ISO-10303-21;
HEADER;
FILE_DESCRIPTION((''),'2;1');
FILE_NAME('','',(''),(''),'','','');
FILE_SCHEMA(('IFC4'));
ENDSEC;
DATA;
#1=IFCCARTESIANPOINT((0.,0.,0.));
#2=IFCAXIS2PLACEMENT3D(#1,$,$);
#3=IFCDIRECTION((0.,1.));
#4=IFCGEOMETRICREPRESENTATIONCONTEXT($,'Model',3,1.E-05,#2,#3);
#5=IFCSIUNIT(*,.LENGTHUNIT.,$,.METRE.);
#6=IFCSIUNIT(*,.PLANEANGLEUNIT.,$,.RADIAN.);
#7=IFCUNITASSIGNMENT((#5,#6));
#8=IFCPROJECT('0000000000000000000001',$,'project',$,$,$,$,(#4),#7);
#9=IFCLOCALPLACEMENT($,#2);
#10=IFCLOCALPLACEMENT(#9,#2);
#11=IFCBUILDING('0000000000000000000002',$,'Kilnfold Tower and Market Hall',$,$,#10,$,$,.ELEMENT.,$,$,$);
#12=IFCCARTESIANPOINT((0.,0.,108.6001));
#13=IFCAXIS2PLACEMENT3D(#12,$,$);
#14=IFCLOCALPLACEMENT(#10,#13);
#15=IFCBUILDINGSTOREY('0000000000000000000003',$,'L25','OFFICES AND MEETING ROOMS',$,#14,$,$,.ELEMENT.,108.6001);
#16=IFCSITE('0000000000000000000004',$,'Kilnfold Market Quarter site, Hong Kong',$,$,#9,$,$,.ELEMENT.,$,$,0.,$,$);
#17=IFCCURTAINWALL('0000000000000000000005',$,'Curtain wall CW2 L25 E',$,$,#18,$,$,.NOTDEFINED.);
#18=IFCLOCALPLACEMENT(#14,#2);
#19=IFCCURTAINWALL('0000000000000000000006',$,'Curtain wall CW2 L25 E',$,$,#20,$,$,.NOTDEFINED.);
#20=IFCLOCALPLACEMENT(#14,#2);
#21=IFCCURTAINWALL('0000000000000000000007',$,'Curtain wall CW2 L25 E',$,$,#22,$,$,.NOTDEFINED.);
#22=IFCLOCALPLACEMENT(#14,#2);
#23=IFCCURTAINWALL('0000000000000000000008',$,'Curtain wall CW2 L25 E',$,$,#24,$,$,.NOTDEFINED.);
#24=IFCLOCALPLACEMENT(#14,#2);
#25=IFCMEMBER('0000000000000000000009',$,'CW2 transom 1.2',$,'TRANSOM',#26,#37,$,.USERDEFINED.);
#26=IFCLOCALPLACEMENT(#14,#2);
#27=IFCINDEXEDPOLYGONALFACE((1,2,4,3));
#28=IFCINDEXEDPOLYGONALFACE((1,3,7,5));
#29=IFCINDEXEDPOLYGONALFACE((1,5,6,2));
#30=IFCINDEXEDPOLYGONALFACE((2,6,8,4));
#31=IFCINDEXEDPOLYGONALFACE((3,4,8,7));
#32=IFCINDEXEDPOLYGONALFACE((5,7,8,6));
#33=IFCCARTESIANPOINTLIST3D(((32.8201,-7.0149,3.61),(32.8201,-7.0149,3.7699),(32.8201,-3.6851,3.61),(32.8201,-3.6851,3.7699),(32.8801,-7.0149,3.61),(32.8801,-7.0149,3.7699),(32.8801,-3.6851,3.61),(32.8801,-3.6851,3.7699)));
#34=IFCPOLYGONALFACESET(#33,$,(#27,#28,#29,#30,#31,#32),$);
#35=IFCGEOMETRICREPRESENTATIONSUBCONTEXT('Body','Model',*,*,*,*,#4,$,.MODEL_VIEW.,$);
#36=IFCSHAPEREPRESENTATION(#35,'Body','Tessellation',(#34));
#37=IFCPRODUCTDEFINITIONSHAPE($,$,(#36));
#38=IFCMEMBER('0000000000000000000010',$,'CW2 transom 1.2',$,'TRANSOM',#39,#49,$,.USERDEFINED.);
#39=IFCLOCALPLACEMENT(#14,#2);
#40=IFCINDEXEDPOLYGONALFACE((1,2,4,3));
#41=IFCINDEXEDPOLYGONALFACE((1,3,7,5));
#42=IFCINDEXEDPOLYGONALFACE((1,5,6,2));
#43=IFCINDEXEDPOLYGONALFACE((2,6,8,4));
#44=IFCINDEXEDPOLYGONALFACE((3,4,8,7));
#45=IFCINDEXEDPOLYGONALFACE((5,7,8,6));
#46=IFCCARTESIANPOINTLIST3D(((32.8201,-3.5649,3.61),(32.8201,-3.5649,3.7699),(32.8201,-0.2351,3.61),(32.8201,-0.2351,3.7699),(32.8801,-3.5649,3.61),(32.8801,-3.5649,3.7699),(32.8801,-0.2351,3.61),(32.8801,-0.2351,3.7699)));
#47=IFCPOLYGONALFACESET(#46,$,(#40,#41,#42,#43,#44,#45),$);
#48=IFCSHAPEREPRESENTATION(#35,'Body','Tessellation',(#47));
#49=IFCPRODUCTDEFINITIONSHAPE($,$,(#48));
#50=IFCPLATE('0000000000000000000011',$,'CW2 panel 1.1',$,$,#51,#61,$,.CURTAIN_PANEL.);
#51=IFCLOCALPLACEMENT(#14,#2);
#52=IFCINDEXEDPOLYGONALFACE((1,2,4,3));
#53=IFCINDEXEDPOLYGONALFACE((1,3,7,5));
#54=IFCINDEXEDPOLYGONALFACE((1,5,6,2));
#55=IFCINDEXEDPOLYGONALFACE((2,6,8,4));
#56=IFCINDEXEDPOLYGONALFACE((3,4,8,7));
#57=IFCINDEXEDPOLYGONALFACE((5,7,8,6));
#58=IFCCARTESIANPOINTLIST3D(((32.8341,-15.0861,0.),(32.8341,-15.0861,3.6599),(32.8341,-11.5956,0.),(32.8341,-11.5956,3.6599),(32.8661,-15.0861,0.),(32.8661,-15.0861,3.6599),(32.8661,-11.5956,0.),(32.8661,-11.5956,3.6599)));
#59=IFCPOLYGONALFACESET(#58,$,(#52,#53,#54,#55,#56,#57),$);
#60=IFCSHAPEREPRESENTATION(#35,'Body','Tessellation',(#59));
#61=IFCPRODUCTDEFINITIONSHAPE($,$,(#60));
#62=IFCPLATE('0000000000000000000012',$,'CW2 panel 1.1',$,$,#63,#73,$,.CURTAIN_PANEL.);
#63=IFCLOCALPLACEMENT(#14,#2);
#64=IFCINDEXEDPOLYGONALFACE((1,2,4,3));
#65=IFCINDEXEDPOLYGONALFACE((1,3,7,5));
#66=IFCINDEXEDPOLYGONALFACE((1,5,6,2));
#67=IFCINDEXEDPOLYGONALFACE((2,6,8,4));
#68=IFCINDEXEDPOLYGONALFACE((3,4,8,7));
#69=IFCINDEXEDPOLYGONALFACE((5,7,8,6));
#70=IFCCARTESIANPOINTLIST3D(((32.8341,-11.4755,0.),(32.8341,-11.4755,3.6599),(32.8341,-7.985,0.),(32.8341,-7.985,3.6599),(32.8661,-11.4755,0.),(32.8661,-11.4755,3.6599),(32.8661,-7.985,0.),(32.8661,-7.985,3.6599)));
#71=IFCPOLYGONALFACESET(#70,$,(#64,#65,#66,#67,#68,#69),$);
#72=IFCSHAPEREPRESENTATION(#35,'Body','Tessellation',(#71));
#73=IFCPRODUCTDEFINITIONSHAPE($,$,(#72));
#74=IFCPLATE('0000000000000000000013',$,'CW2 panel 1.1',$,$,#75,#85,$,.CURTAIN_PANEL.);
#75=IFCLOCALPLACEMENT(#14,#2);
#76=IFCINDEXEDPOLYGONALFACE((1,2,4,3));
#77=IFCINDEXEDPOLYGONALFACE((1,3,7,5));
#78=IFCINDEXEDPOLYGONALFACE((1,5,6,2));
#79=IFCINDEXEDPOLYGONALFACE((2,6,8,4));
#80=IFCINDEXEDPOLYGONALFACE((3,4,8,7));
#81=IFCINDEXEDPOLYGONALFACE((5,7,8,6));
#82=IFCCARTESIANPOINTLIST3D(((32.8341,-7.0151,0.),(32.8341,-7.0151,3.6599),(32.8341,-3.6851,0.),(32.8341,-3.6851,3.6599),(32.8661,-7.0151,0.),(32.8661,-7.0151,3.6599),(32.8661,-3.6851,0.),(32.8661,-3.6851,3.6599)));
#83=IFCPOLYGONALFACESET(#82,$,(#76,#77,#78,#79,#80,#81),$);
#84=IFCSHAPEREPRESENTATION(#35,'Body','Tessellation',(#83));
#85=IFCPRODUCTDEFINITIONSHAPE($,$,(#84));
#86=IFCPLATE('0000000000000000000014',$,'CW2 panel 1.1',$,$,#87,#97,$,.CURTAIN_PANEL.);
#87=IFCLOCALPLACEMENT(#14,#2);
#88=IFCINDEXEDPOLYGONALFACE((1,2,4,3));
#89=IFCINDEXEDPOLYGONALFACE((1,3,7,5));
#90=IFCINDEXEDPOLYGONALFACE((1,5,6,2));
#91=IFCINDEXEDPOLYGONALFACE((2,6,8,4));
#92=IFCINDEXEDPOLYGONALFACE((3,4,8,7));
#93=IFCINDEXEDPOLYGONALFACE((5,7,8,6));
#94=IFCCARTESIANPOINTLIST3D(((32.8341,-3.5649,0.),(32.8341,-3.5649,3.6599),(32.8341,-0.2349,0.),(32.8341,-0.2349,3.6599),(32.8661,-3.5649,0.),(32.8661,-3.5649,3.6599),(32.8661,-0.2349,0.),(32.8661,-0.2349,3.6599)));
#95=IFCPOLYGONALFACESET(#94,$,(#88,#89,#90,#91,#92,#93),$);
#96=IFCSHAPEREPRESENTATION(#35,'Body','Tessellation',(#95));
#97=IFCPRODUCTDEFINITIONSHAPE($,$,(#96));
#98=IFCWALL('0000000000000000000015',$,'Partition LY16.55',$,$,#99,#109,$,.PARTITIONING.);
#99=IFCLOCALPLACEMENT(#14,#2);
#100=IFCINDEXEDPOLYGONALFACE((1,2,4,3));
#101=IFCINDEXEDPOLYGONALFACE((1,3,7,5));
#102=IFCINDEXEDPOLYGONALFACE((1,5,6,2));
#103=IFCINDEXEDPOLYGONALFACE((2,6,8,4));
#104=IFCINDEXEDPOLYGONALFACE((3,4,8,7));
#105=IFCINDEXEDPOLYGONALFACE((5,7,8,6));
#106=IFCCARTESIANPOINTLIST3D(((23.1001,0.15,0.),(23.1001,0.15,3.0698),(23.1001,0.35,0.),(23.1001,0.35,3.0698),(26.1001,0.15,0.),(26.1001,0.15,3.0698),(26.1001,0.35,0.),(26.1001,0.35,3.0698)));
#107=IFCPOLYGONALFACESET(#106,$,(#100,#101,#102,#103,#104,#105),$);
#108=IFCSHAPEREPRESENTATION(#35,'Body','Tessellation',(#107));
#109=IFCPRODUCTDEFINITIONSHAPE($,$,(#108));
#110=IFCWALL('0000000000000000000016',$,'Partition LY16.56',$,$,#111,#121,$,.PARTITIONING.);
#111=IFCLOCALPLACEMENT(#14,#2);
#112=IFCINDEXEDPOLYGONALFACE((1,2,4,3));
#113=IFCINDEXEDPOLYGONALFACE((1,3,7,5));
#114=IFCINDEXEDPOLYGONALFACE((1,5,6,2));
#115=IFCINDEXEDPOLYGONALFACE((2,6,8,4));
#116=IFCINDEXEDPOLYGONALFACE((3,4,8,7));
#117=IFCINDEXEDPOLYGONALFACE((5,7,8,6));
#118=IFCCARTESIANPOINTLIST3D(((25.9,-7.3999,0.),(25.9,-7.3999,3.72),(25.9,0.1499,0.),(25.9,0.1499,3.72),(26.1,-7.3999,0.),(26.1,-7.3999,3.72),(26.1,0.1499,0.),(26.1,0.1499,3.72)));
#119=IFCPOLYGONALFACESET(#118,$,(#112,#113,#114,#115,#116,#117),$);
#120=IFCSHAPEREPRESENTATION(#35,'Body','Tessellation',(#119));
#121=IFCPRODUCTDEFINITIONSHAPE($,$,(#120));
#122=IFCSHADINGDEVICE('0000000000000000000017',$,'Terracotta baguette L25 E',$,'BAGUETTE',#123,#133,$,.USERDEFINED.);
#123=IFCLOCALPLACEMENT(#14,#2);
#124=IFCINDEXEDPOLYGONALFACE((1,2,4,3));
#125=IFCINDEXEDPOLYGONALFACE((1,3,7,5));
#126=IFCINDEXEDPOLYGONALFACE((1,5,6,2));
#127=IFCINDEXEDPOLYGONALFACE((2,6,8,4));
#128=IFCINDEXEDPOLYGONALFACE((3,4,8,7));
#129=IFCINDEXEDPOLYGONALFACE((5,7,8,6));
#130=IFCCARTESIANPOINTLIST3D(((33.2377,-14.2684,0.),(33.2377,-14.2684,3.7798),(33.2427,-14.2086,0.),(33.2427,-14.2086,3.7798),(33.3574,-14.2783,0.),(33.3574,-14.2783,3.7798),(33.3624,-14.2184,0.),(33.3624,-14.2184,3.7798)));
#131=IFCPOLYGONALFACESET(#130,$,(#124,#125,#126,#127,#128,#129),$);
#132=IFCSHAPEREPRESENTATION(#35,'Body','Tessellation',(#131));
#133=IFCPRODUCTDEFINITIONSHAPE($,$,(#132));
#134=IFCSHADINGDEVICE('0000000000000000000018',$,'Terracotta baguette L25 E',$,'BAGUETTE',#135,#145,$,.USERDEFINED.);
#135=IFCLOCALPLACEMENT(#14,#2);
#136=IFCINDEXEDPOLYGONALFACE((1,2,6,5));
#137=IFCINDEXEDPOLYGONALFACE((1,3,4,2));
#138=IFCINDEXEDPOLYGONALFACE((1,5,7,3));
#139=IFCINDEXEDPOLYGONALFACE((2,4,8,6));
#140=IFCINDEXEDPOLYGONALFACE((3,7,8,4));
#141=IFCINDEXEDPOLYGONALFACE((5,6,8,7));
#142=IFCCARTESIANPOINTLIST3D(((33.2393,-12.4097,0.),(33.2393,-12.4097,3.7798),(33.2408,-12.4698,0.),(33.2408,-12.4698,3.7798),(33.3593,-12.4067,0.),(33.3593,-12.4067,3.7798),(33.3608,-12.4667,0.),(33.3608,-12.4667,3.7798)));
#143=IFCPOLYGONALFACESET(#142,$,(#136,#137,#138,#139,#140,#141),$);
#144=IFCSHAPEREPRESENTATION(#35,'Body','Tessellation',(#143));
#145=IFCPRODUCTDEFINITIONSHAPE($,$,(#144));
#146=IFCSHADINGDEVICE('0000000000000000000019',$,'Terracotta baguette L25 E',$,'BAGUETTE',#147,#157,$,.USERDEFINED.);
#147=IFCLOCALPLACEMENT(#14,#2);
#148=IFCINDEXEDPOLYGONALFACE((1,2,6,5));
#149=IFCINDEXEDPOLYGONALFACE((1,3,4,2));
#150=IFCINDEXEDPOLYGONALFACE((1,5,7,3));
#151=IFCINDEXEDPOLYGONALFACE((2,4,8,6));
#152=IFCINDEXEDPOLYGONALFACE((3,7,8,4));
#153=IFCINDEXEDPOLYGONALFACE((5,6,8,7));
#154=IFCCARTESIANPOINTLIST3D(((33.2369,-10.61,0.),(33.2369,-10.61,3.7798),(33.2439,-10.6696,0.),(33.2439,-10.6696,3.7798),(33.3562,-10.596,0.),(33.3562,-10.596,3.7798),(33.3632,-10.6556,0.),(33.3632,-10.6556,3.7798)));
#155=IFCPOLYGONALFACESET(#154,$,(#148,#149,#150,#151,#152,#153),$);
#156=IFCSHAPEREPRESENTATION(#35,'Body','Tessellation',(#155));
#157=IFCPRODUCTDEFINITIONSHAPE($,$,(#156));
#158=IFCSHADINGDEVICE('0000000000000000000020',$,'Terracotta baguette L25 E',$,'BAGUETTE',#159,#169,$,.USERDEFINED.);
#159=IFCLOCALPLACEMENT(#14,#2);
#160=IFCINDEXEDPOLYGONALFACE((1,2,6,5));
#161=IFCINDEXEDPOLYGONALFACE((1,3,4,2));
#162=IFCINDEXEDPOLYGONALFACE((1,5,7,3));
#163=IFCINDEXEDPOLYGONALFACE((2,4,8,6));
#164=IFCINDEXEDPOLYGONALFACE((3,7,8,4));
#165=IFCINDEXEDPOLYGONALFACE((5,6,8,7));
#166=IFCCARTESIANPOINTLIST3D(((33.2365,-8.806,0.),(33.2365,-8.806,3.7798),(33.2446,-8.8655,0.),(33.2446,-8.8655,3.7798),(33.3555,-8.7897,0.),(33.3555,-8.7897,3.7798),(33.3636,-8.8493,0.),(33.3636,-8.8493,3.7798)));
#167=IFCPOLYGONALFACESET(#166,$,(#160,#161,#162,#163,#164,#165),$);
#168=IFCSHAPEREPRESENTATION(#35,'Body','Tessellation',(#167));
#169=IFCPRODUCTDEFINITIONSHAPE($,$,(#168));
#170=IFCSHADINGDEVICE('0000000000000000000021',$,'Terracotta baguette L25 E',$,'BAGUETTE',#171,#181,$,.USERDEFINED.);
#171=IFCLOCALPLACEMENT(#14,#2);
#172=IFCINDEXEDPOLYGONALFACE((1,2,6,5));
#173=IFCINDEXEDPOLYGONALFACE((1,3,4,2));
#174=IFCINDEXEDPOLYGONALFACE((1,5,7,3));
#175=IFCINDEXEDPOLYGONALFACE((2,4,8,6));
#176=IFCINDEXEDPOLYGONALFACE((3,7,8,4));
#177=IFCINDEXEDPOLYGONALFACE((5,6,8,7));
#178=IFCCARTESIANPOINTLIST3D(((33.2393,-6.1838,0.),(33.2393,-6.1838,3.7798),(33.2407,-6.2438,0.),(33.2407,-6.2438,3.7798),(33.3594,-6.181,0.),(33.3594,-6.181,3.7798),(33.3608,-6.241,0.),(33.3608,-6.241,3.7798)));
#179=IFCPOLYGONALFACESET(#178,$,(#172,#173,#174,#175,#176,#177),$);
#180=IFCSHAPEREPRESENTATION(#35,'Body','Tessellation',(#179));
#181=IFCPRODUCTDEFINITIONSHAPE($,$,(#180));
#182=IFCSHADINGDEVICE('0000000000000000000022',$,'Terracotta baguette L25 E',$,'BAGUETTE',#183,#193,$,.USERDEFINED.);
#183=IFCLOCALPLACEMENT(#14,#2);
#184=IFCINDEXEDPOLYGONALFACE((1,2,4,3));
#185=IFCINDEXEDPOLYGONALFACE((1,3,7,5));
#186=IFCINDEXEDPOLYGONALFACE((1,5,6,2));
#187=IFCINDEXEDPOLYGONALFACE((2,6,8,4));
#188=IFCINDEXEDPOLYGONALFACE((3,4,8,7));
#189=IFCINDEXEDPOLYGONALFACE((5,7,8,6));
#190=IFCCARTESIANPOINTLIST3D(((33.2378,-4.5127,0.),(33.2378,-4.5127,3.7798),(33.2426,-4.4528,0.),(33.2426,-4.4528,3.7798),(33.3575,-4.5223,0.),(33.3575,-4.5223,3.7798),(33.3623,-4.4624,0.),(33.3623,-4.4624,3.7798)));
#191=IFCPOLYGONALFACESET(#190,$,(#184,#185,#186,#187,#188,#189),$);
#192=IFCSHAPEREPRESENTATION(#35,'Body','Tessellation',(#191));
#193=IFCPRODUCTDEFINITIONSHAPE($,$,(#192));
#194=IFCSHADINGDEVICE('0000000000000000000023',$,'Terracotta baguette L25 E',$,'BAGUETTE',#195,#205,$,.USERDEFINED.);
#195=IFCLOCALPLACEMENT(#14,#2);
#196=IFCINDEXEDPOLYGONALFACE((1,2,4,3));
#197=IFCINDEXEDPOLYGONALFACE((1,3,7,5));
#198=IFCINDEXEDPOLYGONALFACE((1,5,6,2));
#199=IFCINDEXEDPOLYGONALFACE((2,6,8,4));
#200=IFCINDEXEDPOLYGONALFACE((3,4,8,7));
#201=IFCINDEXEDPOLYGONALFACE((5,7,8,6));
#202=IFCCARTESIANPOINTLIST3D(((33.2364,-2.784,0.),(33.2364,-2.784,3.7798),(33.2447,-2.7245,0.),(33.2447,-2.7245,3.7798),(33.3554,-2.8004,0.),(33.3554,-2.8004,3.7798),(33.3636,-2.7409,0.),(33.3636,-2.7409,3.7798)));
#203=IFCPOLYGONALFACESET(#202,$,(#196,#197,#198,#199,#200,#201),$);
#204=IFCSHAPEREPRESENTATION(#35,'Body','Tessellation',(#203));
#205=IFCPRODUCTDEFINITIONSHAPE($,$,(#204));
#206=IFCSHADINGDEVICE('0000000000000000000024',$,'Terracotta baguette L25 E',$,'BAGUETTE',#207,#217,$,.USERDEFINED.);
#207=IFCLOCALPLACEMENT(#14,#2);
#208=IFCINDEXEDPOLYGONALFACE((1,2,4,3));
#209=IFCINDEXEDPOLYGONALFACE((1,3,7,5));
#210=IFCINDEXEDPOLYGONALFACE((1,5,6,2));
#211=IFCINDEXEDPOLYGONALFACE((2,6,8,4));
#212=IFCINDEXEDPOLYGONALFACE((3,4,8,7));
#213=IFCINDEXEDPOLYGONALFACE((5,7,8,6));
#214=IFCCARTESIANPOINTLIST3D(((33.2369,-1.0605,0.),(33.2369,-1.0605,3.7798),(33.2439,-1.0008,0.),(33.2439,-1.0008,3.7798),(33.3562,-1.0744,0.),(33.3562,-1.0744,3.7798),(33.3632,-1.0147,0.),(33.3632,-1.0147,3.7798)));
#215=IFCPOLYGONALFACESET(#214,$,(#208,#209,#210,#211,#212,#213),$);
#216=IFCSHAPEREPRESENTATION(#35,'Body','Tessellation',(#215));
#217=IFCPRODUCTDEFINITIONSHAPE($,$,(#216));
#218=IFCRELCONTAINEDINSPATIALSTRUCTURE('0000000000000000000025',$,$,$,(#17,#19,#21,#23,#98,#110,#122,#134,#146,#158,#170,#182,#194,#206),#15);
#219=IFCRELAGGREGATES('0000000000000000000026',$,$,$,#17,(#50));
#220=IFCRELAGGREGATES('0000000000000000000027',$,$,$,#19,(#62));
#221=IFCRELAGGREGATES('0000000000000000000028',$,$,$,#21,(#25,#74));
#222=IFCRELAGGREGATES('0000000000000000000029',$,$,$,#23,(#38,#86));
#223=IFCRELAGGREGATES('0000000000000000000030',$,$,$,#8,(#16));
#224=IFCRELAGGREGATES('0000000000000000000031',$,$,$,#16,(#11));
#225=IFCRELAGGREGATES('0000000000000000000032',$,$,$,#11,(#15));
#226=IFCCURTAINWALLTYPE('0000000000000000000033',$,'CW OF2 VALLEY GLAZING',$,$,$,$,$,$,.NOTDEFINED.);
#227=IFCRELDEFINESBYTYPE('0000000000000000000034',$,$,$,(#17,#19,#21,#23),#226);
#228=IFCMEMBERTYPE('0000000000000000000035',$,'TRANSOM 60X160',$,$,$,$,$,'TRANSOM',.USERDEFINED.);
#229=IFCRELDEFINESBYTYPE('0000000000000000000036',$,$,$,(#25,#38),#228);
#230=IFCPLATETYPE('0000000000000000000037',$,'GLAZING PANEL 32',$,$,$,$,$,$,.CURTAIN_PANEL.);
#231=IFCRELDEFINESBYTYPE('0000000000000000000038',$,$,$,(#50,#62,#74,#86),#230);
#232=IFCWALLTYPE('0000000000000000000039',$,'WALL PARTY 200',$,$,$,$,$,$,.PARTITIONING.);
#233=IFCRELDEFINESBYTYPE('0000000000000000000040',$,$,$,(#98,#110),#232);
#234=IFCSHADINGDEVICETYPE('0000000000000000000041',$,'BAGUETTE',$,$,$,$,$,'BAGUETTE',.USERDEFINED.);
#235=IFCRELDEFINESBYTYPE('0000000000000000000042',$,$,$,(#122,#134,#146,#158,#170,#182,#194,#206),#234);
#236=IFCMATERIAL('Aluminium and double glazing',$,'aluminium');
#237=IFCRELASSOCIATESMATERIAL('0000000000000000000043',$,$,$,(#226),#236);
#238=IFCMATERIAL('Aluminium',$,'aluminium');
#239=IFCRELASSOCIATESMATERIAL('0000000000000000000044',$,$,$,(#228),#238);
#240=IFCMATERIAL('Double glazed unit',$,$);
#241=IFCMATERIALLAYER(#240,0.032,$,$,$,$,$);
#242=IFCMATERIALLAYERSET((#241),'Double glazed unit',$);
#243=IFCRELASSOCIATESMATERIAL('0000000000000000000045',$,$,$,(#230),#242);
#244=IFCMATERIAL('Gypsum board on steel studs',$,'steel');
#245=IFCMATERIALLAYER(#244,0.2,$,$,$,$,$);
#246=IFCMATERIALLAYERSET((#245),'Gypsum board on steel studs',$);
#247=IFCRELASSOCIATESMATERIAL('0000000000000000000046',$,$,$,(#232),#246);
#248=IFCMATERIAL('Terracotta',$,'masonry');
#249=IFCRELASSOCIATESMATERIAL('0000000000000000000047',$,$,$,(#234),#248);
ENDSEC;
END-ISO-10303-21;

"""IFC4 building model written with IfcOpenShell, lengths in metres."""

from ifc_helpers import new_model, si_unit, direction, frame, frame_2d, origin, origin_2d, place, context, subcontext, project, spatial, rectangle, extrude, source, transform, mapped, material, layer, layer_set, material_profile, profile_set, type_object, element, aggregate, save


model = new_model("IFC4")

# Units and contexts
model_context = context("Model", 3, precision=1e-05, world=origin(), true_north=direction((0.0, 1.0)))
body_context = subcontext(model_context, "Body", "Model", "MODEL_VIEW")
ifc_project = project(units=[si_unit("LENGTHUNIT", "METRE"), si_unit("PLANEANGLEUNIT", "RADIAN")], contexts=[model_context])

# Site, building, storey
site_placement = place(None, origin())
site = spatial("IfcSite", under=ifc_project, at=site_placement, Name="Kilnfold Market Quarter site, Hong Kong", CompositionType="ELEMENT", RefElevation=0.0)
building_placement = place(site_placement, origin())
building = spatial("IfcBuilding", under=site, at=building_placement, Name="Kilnfold Tower and Market Hall", CompositionType="ELEMENT")
storey_placement = place(building_placement, frame((0.0, 0.0, 108.6001)))
storey = spatial("IfcBuildingStorey", under=building, at=storey_placement, Name="L25", Description="OFFICES AND MEETING ROOMS", CompositionType="ELEMENT", Elevation=108.6001)

# Curtain walls
ifc_material_1 = material(Name="Aluminium and double glazing", Category="aluminium")
curtain_wall_type = type_object("IfcCurtainWallType", Name="CW OF2 VALLEY GLAZING", PredefinedType="NOTDEFINED", material=ifc_material_1)
curtain_wall_1_placement = place(storey_placement, origin())
curtain_wall_1 = element("IfcCurtainWall", 1, at=curtain_wall_1_placement, inside=storey, type_object=curtain_wall_type, Name="Curtain wall CW2 L25 E", PredefinedType="NOTDEFINED")
curtain_wall_2_placement = place(storey_placement, origin())
curtain_wall_2 = element("IfcCurtainWall", 2, at=curtain_wall_2_placement, inside=storey, type_object=curtain_wall_type, Name="Curtain wall CW2 L25 E", PredefinedType="NOTDEFINED")
curtain_wall_3_placement = place(storey_placement, origin())
curtain_wall_3 = element("IfcCurtainWall", 3, at=curtain_wall_3_placement, inside=storey, type_object=curtain_wall_type, Name="Curtain wall CW2 L25 E", PredefinedType="NOTDEFINED")
curtain_wall_4_placement = place(storey_placement, origin())
curtain_wall_4 = element("IfcCurtainWall", 4, at=curtain_wall_4_placement, inside=storey, type_object=curtain_wall_type, Name="Curtain wall CW2 L25 E", PredefinedType="NOTDEFINED")

# Members
ifc_material_2 = material(Name="Aluminium", Category="aluminium")
ifc_material_profile_1 = material_profile(ifc_material_2, rectangle(XDim=0.0601, YDim=0.1599, at=origin_2d()), Name="TRANSOM 60x160")
ifc_profile_set_1 = profile_set([ifc_material_profile_1], Name="Aluminium")
member_type_1 = type_object("IfcMemberType", Name="TRANSOM 60X160", ElementType="TRANSOM", PredefinedType="USERDEFINED", material=ifc_profile_set_1)
shared_shape_1 = source(origin(), body_context, "Body", "SweptSolid", [
    extrude(rectangle(XDim=0.0601, YDim=0.1599, at=origin_2d()), origin(), (0.0, 0.0, 1.0), 3.3298),
])
member_1_placement = place(storey_placement, frame((32.8501, -7.0149, 3.6899), z_axis=(0.0, 1.0, 0.0), x_axis=(-1.0, 0.0, 0.0)))
member_1 = element("IfcMember", 5, at=member_1_placement, type_object=member_type_1, Name="CW2 transom 1.2", ObjectType="TRANSOM", PredefinedType="USERDEFINED", context=body_context, shape_type="MappedRepresentation", body=[
    mapped(shared_shape_1, transform((0.0, 0.0, 0.0))),
])
member_2_placement = place(storey_placement, frame((32.8501, -3.5649, 3.6899), z_axis=(0.0, 1.0, 0.0), x_axis=(-1.0, 0.0, 0.0)))
member_2 = element("IfcMember", 6, at=member_2_placement, type_object=member_type_1, Name="CW2 transom 1.2", ObjectType="TRANSOM", PredefinedType="USERDEFINED", context=body_context, shape_type="MappedRepresentation", body=[
    mapped(shared_shape_1, transform((0.0, 0.0, 0.0))),
])

# Plates
ifc_material_3 = material(Name="Double glazed unit")
ifc_layer_1 = layer(ifc_material_3, 0.032)
ifc_layer_set_1 = layer_set([ifc_layer_1], Name="Double glazed unit")
plate_type = type_object("IfcPlateType", Name="GLAZING PANEL 32", PredefinedType="CURTAIN_PANEL", material=ifc_layer_set_1)
shared_shape_2 = source(origin(), body_context, "Body", "SweptSolid", [
    extrude(rectangle(XDim=3.4905, YDim=0.032, at=origin_2d()), origin(), (0.0, 0.0, 1.0), 3.6599),
])
plate_1_placement = place(storey_placement, frame((32.8501, -13.3408, 0.0), z_axis=(0.0, 0.0, 1.0), x_axis=(0.0, 1.0, 0.0)))
plate_1 = element("IfcPlate", 7, at=plate_1_placement, type_object=plate_type, Name="CW2 panel 1.1", PredefinedType="CURTAIN_PANEL", context=body_context, shape_type="MappedRepresentation", body=[
    mapped(shared_shape_2, transform((0.0, 0.0, 0.0))),
])
aggregate(curtain_wall_1, [plate_1])
plate_2_placement = place(storey_placement, frame((32.8501, -9.7302, 0.0), z_axis=(0.0, 0.0, 1.0), x_axis=(0.0, 1.0, 0.0)))
plate_2 = element("IfcPlate", 8, at=plate_2_placement, type_object=plate_type, Name="CW2 panel 1.1", PredefinedType="CURTAIN_PANEL", context=body_context, shape_type="MappedRepresentation", body=[
    mapped(shared_shape_2, transform((0.0, 0.0, 0.0))),
])
aggregate(curtain_wall_2, [plate_2])
shared_shape_3 = source(origin(), body_context, "Body", "SweptSolid", [
    extrude(rectangle(XDim=3.3301, YDim=0.032, at=origin_2d()), origin(), (0.0, 0.0, 1.0), 3.6599),
])
plate_3_placement = place(storey_placement, frame((32.8501, -5.3501, 0.0), z_axis=(0.0, 0.0, 1.0), x_axis=(0.0, 1.0, 0.0)))
plate_3 = element("IfcPlate", 9, at=plate_3_placement, type_object=plate_type, Name="CW2 panel 1.1", PredefinedType="CURTAIN_PANEL", context=body_context, shape_type="MappedRepresentation", body=[
    mapped(shared_shape_3, transform((0.0, 0.0, 0.0))),
])
aggregate(curtain_wall_3, [member_1, plate_3])
plate_4_placement = place(storey_placement, frame((32.8501, -1.8999, 0.0), z_axis=(0.0, 0.0, 1.0), x_axis=(0.0, 1.0, 0.0)))
plate_4 = element("IfcPlate", 10, at=plate_4_placement, type_object=plate_type, Name="CW2 panel 1.1", PredefinedType="CURTAIN_PANEL", context=body_context, shape_type="MappedRepresentation", body=[
    mapped(shared_shape_3, transform((0.0, 0.0, 0.0))),
])
aggregate(curtain_wall_4, [member_2, plate_4])

# Walls
ifc_material_4 = material(Name="Gypsum board on steel studs", Category="steel")
ifc_layer_2 = layer(ifc_material_4, 0.2)
ifc_layer_set_2 = layer_set([ifc_layer_2], Name="Gypsum board on steel studs")
wall_type = type_object("IfcWallType", Name="WALL PARTY 200", PredefinedType="PARTITIONING", material=ifc_layer_set_2)
wall_1_placement = place(storey_placement, frame((23.1001, 0.25, 0.0), z_axis=(0.0, 0.0, 1.0), x_axis=(1.0, 0.0, 0.0)))
element("IfcWall", 11, at=wall_1_placement, inside=storey, type_object=wall_type, Name="Partition LY16.55", PredefinedType="PARTITIONING", context=body_context, shape_type="SweptSolid", body=[
    extrude(rectangle(XDim=3.0, YDim=0.2, at=frame_2d((1.5, 0.0))), origin(), (0.0, 0.0, 1.0), 3.0698),
])
wall_2_placement = place(storey_placement, frame((26.0, -7.3999, 0.0), z_axis=(0.0, 0.0, 1.0), x_axis=(0.0, 1.0, 0.0)))
element("IfcWall", 12, at=wall_2_placement, inside=storey, type_object=wall_type, Name="Partition LY16.56", PredefinedType="PARTITIONING", context=body_context, shape_type="SweptSolid", body=[
    extrude(rectangle(XDim=7.5498, YDim=0.2, at=frame_2d((3.7749, 0.0))), origin(), (0.0, 0.0, 1.0), 3.72),
])

# Shading devices
ifc_material_5 = material(Name="Terracotta", Category="masonry")
ifc_material_profile_2 = material_profile(ifc_material_5, rectangle(XDim=0.0601, YDim=0.1201, at=origin_2d()), Name="BAG 60x120")
ifc_profile_set_2 = profile_set([ifc_material_profile_2], Name="Terracotta")
shading_device_type = type_object("IfcShadingDeviceType", Name="BAGUETTE", ElementType="BAGUETTE", PredefinedType="USERDEFINED", material=ifc_profile_set_2)
shared_shape_4 = source(origin(), body_context, "Body", "SweptSolid", [
    extrude(rectangle(XDim=0.0601, YDim=0.1201, at=origin_2d()), origin(), (0.0, 0.0, 1.0), 3.7798),
])
for number, where, z_axis, x_axis, name in (
    (13, (33.3, -14.2434, 0.0), (0.0, 0.0, 1.0), (0.081968, 0.996635, 0.0), "Terracotta baguette L25 E"),
    (14, (33.3, -12.4382, 0.0), (0.0, 0.0, 1.0), (-0.025268, 0.999681, 0.0), "Terracotta baguette L25 E"),
    (15, (33.3, -10.6328, 0.0), (0.0, 0.0, 1.0), (-0.116634, 0.993175, 0.0), "Terracotta baguette L25 E"),
    (16, (33.3, -8.8276, 0.0), (0.0, 0.0, 1.0), (-0.13548, 0.99078, 0.0), "Terracotta baguette L25 E"),
    (17, (33.3, -6.2124, 0.0), (0.0, 0.0, 1.0), (-0.023, 0.999735, 0.0), "Terracotta baguette L25 E"),
    (18, (33.3, -4.4875, 0.0), (0.0, 0.0, 1.0), (0.079752, 0.996815, 0.0), "Terracotta baguette L25 E"),
    (19, (33.3, -2.7625, 0.0), (0.0, 0.0, 1.0), (0.136737, 0.990607, 0.0), "Terracotta baguette L25 E"),
    (20, (33.3, -1.0376, 0.0), (0.0, 0.0, 1.0), (0.11605, 0.993243, 0.0), "Terracotta baguette L25 E"),
):
    element("IfcShadingDevice", number, at=place(storey_placement, frame(where, z_axis=z_axis, x_axis=x_axis)), inside=storey, type_object=shading_device_type, Name=name, ObjectType="BAGUETTE", PredefinedType="USERDEFINED", context=body_context, shape_type="MappedRepresentation", body=[
        mapped(shared_shape_4, transform((0.0, 0.0, 0.0))),
    ])

save(model, "model.ifc")
